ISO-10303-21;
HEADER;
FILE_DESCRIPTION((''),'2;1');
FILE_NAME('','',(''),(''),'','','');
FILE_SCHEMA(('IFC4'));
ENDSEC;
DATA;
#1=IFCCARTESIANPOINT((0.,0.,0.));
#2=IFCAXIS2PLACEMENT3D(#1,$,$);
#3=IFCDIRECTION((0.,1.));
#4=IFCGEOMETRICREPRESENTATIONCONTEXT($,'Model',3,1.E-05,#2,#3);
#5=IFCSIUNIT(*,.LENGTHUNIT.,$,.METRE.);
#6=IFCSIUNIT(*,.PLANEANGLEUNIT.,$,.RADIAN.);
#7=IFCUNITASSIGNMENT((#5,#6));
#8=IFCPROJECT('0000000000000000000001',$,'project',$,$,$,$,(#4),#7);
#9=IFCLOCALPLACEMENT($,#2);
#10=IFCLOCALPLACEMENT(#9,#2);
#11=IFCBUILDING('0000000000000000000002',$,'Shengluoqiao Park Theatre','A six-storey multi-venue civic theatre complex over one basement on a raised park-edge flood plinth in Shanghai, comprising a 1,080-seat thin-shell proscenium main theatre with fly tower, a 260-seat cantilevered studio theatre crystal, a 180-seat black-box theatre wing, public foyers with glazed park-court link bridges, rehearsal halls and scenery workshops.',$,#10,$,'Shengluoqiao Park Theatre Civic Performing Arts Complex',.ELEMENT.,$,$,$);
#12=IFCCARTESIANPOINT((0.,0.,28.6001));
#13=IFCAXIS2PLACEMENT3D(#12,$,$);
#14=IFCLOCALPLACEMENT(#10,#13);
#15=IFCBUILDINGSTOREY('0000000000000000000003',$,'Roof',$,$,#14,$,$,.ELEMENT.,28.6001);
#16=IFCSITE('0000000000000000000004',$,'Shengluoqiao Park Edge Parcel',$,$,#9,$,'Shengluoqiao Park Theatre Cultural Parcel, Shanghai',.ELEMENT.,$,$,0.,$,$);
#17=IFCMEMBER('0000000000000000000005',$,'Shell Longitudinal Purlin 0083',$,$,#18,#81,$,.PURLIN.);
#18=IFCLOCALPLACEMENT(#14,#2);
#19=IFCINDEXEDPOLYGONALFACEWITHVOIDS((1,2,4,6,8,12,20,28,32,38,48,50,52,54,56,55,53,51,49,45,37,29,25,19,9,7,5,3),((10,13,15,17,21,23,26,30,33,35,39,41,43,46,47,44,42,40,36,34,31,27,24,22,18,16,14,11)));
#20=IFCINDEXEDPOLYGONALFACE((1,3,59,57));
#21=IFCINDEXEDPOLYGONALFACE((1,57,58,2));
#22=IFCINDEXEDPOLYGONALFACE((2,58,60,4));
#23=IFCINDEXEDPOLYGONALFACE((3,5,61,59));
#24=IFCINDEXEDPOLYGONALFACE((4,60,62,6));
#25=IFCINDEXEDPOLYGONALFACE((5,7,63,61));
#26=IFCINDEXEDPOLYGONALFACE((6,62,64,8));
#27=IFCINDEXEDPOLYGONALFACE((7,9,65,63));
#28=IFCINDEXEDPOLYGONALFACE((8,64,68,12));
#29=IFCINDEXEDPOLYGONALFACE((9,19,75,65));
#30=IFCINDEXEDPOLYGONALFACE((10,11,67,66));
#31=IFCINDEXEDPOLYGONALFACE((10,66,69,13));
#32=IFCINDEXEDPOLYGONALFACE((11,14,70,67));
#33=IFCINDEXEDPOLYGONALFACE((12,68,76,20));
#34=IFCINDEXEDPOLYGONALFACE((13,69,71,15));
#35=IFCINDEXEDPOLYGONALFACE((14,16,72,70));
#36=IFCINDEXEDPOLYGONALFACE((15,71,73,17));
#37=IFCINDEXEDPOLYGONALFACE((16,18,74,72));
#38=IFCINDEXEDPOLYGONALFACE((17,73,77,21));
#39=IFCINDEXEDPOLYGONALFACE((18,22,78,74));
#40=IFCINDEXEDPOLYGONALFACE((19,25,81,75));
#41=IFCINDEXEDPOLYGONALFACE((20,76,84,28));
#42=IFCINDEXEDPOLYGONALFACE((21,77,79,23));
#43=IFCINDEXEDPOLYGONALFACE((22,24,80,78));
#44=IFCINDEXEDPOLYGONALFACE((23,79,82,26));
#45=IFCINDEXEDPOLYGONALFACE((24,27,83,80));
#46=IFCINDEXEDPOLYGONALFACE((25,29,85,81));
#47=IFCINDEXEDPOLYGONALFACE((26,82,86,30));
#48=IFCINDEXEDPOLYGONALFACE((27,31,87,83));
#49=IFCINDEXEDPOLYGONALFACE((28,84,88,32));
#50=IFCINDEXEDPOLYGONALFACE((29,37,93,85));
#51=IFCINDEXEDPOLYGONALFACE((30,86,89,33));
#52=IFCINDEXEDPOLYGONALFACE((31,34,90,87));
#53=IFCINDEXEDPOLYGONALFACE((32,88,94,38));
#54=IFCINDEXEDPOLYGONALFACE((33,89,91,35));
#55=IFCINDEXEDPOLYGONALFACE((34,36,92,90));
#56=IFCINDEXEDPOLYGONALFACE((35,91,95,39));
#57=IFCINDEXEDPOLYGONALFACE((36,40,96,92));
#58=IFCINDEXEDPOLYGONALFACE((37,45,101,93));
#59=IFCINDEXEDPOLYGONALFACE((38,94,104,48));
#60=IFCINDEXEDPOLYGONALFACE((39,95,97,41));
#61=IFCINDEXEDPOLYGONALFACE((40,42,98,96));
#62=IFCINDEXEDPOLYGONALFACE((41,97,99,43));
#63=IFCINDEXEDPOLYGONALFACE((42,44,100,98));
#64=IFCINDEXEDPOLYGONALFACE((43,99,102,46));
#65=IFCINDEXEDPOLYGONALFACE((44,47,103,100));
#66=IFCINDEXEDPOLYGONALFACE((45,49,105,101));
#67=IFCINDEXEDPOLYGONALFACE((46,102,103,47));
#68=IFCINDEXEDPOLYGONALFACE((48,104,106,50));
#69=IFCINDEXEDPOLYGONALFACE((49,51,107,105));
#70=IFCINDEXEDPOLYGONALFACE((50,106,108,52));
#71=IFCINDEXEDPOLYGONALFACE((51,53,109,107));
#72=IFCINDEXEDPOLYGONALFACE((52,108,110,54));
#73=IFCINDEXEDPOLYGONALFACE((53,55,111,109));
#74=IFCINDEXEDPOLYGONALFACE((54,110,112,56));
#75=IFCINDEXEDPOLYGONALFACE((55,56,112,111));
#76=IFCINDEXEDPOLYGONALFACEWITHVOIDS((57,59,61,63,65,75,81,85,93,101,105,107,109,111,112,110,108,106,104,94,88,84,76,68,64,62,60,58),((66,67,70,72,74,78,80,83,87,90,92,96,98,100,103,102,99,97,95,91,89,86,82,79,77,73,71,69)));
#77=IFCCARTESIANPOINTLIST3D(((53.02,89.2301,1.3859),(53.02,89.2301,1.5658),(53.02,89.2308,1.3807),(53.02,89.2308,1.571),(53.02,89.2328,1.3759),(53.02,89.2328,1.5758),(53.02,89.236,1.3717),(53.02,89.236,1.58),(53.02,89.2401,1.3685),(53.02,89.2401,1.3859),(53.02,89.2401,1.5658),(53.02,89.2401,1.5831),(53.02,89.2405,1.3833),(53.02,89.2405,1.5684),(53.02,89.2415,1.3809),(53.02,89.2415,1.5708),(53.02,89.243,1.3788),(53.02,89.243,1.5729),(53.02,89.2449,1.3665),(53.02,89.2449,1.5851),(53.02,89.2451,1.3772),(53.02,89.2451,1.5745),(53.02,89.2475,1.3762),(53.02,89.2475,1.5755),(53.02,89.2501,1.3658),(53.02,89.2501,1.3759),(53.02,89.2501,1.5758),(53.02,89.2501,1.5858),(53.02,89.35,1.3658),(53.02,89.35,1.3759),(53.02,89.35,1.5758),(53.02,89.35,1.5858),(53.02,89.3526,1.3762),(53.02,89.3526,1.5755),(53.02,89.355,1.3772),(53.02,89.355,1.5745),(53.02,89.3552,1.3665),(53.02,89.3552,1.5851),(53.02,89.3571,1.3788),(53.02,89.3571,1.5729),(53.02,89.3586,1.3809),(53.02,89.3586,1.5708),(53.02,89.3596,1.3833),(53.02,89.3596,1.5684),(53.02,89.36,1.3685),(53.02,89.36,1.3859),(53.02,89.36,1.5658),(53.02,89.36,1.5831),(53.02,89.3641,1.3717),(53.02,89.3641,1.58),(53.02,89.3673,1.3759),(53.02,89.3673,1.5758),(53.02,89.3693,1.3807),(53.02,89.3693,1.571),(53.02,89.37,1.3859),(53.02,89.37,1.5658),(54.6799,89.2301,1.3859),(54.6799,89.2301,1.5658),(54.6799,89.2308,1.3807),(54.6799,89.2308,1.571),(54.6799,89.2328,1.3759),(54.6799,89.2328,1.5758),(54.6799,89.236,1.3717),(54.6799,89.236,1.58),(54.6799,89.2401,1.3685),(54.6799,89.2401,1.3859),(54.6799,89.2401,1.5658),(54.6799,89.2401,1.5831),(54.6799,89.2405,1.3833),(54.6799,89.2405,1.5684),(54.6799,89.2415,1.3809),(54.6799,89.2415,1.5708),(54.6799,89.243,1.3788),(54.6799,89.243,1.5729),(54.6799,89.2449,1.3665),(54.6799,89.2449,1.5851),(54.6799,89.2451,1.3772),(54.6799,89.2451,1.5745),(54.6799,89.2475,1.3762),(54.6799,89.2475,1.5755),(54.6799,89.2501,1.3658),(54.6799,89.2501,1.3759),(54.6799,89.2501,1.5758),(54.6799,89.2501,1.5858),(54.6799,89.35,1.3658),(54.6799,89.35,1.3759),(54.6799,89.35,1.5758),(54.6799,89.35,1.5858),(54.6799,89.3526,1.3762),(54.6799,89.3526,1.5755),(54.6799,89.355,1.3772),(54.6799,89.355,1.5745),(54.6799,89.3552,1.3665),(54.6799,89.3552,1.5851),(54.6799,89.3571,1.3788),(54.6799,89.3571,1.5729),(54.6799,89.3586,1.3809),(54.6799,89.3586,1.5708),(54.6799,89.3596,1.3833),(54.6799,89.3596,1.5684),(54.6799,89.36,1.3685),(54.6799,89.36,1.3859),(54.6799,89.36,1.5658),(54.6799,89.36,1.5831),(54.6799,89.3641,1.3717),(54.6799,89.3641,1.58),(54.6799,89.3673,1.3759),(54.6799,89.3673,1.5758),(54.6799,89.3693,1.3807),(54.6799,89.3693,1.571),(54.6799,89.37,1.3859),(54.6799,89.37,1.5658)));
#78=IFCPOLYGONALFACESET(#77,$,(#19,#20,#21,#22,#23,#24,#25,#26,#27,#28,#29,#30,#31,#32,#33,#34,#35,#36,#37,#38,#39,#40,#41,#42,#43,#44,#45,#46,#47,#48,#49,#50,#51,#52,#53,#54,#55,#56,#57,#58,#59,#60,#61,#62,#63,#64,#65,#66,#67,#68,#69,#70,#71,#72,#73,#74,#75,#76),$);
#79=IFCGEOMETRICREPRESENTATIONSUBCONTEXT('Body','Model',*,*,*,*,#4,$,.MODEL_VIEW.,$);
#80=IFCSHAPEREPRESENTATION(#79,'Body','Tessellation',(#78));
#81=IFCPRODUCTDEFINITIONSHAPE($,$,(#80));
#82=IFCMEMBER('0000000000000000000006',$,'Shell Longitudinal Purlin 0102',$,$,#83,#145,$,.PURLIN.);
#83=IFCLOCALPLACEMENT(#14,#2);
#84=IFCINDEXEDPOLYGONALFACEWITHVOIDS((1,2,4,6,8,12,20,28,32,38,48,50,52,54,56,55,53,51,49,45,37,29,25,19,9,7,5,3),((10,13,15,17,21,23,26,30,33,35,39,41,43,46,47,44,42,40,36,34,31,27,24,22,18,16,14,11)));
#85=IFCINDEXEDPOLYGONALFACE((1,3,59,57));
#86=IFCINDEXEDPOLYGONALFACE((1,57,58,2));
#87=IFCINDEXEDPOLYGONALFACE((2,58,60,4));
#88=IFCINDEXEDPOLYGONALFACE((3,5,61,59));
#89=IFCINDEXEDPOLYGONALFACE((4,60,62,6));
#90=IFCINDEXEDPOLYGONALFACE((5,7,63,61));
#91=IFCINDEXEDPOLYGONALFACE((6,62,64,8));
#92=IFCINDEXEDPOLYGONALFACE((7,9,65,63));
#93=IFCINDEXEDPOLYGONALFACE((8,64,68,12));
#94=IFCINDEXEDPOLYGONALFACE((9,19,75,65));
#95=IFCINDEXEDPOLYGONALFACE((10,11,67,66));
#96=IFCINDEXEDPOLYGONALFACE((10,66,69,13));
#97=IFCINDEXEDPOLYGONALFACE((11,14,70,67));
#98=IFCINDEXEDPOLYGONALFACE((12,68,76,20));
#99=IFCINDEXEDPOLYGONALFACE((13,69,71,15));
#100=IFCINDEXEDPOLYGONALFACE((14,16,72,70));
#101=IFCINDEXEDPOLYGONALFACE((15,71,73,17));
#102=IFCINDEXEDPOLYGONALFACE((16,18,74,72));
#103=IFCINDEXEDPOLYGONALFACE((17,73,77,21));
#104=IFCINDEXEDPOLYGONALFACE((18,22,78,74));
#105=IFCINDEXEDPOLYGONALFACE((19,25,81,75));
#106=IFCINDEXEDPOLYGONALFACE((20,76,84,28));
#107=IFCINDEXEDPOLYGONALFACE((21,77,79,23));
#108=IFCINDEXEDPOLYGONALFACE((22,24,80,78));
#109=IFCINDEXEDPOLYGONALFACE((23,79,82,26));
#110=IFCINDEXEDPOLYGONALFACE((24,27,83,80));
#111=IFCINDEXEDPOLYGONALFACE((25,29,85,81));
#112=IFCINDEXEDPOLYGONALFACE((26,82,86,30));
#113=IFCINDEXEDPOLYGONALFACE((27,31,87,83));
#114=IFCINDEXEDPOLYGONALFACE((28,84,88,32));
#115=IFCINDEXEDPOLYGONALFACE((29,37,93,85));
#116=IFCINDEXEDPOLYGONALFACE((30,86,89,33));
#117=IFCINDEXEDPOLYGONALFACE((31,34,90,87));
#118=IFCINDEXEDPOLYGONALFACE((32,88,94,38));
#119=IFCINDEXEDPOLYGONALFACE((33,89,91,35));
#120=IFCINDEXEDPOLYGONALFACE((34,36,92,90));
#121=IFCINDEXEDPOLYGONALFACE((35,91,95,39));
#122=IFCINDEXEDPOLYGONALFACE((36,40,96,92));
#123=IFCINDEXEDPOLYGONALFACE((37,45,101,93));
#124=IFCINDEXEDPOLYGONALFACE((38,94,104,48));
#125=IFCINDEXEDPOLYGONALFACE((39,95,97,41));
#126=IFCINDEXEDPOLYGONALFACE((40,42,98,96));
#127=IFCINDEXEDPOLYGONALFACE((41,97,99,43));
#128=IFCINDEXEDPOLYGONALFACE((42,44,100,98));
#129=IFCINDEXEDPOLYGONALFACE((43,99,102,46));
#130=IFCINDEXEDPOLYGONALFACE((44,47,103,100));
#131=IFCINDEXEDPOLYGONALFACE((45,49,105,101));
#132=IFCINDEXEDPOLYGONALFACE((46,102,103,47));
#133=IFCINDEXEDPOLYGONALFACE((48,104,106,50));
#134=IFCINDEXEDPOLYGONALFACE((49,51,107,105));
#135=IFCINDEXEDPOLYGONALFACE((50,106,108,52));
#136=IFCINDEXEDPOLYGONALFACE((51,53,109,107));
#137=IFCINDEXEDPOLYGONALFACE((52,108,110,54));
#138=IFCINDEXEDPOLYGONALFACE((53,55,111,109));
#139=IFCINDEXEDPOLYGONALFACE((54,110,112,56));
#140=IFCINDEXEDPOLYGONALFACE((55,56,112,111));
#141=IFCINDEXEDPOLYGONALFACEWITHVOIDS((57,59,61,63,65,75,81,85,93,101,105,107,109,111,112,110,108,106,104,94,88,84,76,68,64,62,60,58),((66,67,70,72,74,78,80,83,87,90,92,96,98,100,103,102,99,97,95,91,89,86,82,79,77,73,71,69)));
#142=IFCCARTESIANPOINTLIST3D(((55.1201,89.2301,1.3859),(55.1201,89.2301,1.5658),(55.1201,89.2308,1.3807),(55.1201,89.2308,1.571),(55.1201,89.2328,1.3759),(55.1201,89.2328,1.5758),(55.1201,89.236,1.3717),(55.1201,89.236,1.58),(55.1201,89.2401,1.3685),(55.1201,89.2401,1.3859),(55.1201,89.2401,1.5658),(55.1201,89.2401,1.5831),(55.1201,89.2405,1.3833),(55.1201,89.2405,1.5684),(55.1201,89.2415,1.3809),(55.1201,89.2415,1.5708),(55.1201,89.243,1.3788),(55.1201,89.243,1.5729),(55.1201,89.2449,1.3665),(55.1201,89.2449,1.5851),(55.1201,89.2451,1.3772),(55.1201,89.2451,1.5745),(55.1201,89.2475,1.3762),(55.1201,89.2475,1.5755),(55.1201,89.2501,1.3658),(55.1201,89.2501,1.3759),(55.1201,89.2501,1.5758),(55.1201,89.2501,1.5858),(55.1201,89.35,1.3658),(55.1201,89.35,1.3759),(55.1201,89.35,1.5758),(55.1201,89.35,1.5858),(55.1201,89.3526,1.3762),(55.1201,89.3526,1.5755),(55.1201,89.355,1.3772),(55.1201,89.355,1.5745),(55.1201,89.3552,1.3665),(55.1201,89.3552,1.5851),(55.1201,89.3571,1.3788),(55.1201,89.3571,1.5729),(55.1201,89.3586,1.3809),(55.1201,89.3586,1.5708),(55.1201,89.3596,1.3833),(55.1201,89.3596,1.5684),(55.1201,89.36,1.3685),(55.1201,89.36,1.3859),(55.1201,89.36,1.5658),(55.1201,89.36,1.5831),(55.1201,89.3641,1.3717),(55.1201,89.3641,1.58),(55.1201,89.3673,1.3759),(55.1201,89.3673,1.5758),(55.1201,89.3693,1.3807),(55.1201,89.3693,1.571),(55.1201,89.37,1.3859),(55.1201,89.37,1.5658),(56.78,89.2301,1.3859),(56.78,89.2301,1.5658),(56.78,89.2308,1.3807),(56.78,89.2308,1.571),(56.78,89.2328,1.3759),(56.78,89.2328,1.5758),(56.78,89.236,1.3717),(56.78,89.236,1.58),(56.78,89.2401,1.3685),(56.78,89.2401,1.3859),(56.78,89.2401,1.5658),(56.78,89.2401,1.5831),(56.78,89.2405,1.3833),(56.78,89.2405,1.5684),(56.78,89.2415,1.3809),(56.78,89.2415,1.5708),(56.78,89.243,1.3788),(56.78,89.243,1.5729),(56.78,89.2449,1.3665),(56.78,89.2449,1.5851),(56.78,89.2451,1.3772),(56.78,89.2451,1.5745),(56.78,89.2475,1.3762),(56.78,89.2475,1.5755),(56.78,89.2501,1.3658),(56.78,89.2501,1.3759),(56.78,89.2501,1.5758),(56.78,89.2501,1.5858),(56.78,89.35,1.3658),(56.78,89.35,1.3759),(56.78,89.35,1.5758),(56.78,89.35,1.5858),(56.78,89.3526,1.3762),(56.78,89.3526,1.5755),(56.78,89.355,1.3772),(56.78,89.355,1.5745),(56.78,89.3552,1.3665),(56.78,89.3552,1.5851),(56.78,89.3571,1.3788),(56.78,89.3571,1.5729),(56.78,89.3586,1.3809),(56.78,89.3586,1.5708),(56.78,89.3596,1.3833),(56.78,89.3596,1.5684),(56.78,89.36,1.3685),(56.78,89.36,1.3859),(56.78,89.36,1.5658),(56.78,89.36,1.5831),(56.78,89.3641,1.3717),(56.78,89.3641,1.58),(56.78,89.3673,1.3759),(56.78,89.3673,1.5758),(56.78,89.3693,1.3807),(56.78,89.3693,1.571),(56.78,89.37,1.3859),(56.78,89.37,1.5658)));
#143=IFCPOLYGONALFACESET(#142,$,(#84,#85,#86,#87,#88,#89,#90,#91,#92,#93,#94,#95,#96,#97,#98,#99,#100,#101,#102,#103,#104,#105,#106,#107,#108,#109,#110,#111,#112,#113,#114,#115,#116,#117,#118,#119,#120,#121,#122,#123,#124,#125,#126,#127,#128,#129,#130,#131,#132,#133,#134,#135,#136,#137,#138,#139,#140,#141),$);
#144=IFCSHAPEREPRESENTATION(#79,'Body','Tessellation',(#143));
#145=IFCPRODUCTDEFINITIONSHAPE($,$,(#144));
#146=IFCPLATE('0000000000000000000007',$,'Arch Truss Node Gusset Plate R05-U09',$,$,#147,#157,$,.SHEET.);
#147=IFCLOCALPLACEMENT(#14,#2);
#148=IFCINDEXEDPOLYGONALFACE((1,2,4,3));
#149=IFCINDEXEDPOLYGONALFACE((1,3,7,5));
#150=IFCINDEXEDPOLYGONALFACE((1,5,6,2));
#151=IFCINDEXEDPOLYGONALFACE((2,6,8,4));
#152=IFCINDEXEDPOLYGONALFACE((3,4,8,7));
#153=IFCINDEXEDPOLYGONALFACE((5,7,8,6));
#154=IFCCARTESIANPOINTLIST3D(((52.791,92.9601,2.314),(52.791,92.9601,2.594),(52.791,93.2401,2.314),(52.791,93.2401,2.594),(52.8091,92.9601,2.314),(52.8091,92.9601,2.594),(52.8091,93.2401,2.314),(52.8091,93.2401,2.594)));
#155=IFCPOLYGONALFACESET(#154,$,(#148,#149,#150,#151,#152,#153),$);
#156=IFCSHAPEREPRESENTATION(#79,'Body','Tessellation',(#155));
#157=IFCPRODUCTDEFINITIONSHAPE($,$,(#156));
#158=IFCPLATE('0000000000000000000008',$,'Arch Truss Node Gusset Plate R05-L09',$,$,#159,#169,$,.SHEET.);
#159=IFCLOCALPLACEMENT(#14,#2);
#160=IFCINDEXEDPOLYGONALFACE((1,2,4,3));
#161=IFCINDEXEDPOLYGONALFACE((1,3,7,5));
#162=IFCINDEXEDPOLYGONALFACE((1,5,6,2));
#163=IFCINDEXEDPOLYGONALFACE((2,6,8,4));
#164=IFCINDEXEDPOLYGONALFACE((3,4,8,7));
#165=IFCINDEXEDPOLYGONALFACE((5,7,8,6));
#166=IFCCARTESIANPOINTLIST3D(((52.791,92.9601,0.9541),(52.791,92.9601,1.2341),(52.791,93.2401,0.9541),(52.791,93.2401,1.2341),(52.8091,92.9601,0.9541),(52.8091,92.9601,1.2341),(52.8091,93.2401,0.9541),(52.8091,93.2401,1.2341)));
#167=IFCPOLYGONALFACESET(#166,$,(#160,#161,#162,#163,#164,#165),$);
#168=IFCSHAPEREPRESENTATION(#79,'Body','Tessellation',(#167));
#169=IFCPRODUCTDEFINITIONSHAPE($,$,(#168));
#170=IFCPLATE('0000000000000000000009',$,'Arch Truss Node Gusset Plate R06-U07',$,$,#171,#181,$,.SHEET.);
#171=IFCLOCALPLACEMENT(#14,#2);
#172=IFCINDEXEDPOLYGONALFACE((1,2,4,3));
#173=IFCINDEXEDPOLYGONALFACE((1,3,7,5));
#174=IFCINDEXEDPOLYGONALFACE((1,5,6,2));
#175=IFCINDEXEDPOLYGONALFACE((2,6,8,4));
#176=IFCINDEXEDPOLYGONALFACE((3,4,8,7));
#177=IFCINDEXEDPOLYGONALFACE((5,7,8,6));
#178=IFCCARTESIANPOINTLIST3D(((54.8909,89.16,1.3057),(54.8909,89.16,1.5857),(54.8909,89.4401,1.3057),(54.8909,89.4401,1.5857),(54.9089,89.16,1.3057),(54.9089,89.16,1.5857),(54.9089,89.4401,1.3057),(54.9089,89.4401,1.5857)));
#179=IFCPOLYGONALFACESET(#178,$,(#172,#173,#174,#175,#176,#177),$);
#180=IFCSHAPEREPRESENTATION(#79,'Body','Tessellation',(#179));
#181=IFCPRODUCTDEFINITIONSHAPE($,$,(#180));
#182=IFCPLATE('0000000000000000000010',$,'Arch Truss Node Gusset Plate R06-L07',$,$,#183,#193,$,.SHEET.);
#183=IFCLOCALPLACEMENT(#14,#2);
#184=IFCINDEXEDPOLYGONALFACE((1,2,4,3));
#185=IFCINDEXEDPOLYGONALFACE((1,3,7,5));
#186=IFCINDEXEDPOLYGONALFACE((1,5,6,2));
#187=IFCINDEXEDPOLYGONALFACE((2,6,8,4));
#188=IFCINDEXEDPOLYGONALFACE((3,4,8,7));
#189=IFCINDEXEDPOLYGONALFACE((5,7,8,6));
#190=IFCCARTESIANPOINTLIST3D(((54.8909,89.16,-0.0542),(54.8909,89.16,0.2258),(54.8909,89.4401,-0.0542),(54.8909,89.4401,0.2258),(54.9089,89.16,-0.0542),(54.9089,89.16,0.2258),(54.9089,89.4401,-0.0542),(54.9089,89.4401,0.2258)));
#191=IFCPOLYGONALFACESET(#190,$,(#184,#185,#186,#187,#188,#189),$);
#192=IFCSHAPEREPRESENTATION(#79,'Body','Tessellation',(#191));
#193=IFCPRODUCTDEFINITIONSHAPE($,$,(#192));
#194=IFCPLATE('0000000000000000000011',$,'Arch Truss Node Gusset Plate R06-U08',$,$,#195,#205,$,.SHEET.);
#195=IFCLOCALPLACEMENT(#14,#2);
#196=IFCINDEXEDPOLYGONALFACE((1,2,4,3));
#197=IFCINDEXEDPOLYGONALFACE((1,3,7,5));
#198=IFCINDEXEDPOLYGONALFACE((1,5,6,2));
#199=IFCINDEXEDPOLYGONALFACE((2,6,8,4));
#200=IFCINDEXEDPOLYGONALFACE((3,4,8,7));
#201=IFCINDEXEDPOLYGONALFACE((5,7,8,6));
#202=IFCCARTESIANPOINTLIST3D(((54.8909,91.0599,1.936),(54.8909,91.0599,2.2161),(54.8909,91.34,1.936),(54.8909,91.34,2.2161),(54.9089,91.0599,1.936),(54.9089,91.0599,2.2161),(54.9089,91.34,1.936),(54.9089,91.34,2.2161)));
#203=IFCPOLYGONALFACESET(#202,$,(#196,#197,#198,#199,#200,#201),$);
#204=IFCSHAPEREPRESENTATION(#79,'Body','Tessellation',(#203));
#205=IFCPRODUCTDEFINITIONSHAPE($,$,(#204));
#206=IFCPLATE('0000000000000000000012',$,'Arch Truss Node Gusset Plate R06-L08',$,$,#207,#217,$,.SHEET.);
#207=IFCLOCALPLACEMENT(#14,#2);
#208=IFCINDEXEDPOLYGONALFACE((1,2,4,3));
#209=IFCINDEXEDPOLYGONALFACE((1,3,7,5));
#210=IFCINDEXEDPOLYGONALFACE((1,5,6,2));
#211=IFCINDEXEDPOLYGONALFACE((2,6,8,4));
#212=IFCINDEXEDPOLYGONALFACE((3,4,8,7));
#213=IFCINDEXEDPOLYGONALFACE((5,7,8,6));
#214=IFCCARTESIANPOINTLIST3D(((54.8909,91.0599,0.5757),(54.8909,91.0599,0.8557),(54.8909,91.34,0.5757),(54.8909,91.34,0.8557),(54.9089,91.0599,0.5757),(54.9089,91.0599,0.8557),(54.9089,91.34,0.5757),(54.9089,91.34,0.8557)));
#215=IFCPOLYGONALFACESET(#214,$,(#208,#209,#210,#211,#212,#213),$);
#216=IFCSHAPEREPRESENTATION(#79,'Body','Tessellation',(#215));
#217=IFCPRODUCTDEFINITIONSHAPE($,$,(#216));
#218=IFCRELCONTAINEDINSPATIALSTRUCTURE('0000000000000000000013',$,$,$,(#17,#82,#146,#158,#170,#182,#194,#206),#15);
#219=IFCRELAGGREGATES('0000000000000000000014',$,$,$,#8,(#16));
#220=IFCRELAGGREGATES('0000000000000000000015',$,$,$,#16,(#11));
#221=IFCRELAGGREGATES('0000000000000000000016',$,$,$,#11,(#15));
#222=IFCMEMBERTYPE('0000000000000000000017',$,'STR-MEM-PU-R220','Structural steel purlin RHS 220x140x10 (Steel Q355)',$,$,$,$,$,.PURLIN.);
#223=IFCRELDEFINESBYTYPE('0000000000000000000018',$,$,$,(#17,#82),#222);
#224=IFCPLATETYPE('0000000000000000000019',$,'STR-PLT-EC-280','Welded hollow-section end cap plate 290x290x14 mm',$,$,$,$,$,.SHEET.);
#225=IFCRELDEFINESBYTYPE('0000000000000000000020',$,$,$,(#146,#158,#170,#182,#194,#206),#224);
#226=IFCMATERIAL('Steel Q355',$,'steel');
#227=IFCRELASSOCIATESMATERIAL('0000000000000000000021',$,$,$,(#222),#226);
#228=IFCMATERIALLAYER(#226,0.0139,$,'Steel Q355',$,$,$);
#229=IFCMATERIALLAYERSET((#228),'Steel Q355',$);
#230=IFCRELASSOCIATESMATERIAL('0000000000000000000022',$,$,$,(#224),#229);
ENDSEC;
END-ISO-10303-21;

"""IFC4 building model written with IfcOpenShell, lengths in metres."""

from ifc_helpers import new_model, si_unit, direction, frame, origin, origin_2d, place, context, subcontext, project, spatial, rectangle, hollow_rectangle, extrude, material, layer, layer_set, material_profile, profile_set, type_object, element, save


model = new_model("IFC4")

# Units and contexts
model_context = context("Model", 3, precision=1e-05, world=origin(), true_north=direction((0.0, 1.0)))
body_context = subcontext(model_context, "Body", "Model", "MODEL_VIEW")
ifc_project = project(units=[si_unit("LENGTHUNIT", "METRE"), si_unit("PLANEANGLEUNIT", "RADIAN")], contexts=[model_context])

# Site, building, storey
site_placement = place(None, origin())
site = spatial("IfcSite", under=ifc_project, at=site_placement, Name="Shengluoqiao Park Edge Parcel", LongName="Shengluoqiao Park Theatre Cultural Parcel, Shanghai", CompositionType="ELEMENT", RefElevation=0.0)
building_placement = place(site_placement, origin())
building = spatial("IfcBuilding", under=site, at=building_placement, Name="Shengluoqiao Park Theatre", Description="A six-storey multi-venue civic theatre complex over one basement on a raised park-edge flood plinth in Shanghai, comprising a 1,080-seat thin-shell proscenium main theatre with fly tower, a 260-seat cantilevered studio theatre crystal, a 180-seat black-box theatre wing, public foyers with glazed park-court link bridges, rehearsal halls and scenery workshops.", LongName="Shengluoqiao Park Theatre Civic Performing Arts Complex", CompositionType="ELEMENT")
storey_placement = place(building_placement, frame((0.0, 0.0, 28.6001)))
storey = spatial("IfcBuildingStorey", under=building, at=storey_placement, Name="Roof", CompositionType="ELEMENT", Elevation=28.6001)

# Shared definitions
ifc_material_1 = material(Name="Steel Q355", Category="steel")

# Members
ifc_material_profile_1 = material_profile(ifc_material_1, hollow_rectangle(XDim=0.1399, YDim=0.22, WallThickness=0.01, InnerFilletRadius=0.01, OuterFilletRadius=0.02, at=origin_2d()), Name="RHS 220x140x10")
ifc_profile_set_1 = profile_set([ifc_material_profile_1], Name="Steel Q355")
member_type_1 = type_object("IfcMemberType", Name="STR-MEM-PU-R220", Description="Structural steel purlin RHS 220x140x10 (Steel Q355)", PredefinedType="PURLIN", material=ifc_profile_set_1)
for number, where, z_axis, x_axis, name in (
    (1, (53.02, 89.3, 1.4758), (1.0, 0.0, 0.0), (0.0, 1.0, 0.0), "Shell Longitudinal Purlin 0083"),
    (2, (55.1201, 89.3, 1.4758), (1.0, 0.0, 0.0), (0.0, 1.0, 0.0), "Shell Longitudinal Purlin 0102"),
):
    element("IfcMember", number, at=place(storey_placement, frame(where, z_axis=z_axis, x_axis=x_axis)), inside=storey, type_object=member_type_1, Name=name, PredefinedType="PURLIN", context=body_context, shape_type="SweptSolid", body=[
        extrude(hollow_rectangle(XDim=0.1399, YDim=0.22, WallThickness=0.01, InnerFilletRadius=0.01, OuterFilletRadius=0.02, at=origin_2d()), origin(), (0.0, 0.0, 1.0), 1.6599),
    ])

# Plates
ifc_layer_1 = layer(ifc_material_1, 0.0139, Name="Steel Q355")
ifc_layer_set_1 = layer_set([ifc_layer_1], Name="Steel Q355")
plate_type_1 = type_object("IfcPlateType", Name="STR-PLT-EC-280", Description="Welded hollow-section end cap plate 290x290x14 mm", PredefinedType="SHEET", material=ifc_layer_set_1)
for number, where, z_axis, x_axis, name in (
    (3, (52.8, 93.1001, 2.314), (0.0, 0.0, 1.0), (1.0, 0.0, 0.0), "Arch Truss Node Gusset Plate R05-U09"),
    (4, (52.8, 93.1001, 0.9541), (0.0, 0.0, 1.0), (1.0, 0.0, 0.0), "Arch Truss Node Gusset Plate R05-L09"),
    (5, (54.8999, 89.3, 1.3057), (0.0, 0.0, 1.0), (1.0, 0.0, 0.0), "Arch Truss Node Gusset Plate R06-U07"),
    (6, (54.8999, 89.3, -0.0542), (0.0, 0.0, 1.0), (1.0, 0.0, 0.0), "Arch Truss Node Gusset Plate R06-L07"),
    (7, (54.8999, 91.2, 1.936), (0.0, 0.0, 1.0), (1.0, 0.0, 0.0), "Arch Truss Node Gusset Plate R06-U08"),
    (8, (54.8999, 91.2, 0.5757), (0.0, 0.0, 1.0), (1.0, 0.0, 0.0), "Arch Truss Node Gusset Plate R06-L08"),
):
    element("IfcPlate", number, at=place(storey_placement, frame(where, z_axis=z_axis, x_axis=x_axis)), inside=storey, type_object=plate_type_1, Name=name, PredefinedType="SHEET", context=body_context, shape_type="SweptSolid", body=[
        extrude(rectangle(XDim=0.0181, YDim=0.28, at=origin_2d()), origin(), (0.0, 0.0, 1.0), 0.28),
    ])

save(model, "model.ifc")
